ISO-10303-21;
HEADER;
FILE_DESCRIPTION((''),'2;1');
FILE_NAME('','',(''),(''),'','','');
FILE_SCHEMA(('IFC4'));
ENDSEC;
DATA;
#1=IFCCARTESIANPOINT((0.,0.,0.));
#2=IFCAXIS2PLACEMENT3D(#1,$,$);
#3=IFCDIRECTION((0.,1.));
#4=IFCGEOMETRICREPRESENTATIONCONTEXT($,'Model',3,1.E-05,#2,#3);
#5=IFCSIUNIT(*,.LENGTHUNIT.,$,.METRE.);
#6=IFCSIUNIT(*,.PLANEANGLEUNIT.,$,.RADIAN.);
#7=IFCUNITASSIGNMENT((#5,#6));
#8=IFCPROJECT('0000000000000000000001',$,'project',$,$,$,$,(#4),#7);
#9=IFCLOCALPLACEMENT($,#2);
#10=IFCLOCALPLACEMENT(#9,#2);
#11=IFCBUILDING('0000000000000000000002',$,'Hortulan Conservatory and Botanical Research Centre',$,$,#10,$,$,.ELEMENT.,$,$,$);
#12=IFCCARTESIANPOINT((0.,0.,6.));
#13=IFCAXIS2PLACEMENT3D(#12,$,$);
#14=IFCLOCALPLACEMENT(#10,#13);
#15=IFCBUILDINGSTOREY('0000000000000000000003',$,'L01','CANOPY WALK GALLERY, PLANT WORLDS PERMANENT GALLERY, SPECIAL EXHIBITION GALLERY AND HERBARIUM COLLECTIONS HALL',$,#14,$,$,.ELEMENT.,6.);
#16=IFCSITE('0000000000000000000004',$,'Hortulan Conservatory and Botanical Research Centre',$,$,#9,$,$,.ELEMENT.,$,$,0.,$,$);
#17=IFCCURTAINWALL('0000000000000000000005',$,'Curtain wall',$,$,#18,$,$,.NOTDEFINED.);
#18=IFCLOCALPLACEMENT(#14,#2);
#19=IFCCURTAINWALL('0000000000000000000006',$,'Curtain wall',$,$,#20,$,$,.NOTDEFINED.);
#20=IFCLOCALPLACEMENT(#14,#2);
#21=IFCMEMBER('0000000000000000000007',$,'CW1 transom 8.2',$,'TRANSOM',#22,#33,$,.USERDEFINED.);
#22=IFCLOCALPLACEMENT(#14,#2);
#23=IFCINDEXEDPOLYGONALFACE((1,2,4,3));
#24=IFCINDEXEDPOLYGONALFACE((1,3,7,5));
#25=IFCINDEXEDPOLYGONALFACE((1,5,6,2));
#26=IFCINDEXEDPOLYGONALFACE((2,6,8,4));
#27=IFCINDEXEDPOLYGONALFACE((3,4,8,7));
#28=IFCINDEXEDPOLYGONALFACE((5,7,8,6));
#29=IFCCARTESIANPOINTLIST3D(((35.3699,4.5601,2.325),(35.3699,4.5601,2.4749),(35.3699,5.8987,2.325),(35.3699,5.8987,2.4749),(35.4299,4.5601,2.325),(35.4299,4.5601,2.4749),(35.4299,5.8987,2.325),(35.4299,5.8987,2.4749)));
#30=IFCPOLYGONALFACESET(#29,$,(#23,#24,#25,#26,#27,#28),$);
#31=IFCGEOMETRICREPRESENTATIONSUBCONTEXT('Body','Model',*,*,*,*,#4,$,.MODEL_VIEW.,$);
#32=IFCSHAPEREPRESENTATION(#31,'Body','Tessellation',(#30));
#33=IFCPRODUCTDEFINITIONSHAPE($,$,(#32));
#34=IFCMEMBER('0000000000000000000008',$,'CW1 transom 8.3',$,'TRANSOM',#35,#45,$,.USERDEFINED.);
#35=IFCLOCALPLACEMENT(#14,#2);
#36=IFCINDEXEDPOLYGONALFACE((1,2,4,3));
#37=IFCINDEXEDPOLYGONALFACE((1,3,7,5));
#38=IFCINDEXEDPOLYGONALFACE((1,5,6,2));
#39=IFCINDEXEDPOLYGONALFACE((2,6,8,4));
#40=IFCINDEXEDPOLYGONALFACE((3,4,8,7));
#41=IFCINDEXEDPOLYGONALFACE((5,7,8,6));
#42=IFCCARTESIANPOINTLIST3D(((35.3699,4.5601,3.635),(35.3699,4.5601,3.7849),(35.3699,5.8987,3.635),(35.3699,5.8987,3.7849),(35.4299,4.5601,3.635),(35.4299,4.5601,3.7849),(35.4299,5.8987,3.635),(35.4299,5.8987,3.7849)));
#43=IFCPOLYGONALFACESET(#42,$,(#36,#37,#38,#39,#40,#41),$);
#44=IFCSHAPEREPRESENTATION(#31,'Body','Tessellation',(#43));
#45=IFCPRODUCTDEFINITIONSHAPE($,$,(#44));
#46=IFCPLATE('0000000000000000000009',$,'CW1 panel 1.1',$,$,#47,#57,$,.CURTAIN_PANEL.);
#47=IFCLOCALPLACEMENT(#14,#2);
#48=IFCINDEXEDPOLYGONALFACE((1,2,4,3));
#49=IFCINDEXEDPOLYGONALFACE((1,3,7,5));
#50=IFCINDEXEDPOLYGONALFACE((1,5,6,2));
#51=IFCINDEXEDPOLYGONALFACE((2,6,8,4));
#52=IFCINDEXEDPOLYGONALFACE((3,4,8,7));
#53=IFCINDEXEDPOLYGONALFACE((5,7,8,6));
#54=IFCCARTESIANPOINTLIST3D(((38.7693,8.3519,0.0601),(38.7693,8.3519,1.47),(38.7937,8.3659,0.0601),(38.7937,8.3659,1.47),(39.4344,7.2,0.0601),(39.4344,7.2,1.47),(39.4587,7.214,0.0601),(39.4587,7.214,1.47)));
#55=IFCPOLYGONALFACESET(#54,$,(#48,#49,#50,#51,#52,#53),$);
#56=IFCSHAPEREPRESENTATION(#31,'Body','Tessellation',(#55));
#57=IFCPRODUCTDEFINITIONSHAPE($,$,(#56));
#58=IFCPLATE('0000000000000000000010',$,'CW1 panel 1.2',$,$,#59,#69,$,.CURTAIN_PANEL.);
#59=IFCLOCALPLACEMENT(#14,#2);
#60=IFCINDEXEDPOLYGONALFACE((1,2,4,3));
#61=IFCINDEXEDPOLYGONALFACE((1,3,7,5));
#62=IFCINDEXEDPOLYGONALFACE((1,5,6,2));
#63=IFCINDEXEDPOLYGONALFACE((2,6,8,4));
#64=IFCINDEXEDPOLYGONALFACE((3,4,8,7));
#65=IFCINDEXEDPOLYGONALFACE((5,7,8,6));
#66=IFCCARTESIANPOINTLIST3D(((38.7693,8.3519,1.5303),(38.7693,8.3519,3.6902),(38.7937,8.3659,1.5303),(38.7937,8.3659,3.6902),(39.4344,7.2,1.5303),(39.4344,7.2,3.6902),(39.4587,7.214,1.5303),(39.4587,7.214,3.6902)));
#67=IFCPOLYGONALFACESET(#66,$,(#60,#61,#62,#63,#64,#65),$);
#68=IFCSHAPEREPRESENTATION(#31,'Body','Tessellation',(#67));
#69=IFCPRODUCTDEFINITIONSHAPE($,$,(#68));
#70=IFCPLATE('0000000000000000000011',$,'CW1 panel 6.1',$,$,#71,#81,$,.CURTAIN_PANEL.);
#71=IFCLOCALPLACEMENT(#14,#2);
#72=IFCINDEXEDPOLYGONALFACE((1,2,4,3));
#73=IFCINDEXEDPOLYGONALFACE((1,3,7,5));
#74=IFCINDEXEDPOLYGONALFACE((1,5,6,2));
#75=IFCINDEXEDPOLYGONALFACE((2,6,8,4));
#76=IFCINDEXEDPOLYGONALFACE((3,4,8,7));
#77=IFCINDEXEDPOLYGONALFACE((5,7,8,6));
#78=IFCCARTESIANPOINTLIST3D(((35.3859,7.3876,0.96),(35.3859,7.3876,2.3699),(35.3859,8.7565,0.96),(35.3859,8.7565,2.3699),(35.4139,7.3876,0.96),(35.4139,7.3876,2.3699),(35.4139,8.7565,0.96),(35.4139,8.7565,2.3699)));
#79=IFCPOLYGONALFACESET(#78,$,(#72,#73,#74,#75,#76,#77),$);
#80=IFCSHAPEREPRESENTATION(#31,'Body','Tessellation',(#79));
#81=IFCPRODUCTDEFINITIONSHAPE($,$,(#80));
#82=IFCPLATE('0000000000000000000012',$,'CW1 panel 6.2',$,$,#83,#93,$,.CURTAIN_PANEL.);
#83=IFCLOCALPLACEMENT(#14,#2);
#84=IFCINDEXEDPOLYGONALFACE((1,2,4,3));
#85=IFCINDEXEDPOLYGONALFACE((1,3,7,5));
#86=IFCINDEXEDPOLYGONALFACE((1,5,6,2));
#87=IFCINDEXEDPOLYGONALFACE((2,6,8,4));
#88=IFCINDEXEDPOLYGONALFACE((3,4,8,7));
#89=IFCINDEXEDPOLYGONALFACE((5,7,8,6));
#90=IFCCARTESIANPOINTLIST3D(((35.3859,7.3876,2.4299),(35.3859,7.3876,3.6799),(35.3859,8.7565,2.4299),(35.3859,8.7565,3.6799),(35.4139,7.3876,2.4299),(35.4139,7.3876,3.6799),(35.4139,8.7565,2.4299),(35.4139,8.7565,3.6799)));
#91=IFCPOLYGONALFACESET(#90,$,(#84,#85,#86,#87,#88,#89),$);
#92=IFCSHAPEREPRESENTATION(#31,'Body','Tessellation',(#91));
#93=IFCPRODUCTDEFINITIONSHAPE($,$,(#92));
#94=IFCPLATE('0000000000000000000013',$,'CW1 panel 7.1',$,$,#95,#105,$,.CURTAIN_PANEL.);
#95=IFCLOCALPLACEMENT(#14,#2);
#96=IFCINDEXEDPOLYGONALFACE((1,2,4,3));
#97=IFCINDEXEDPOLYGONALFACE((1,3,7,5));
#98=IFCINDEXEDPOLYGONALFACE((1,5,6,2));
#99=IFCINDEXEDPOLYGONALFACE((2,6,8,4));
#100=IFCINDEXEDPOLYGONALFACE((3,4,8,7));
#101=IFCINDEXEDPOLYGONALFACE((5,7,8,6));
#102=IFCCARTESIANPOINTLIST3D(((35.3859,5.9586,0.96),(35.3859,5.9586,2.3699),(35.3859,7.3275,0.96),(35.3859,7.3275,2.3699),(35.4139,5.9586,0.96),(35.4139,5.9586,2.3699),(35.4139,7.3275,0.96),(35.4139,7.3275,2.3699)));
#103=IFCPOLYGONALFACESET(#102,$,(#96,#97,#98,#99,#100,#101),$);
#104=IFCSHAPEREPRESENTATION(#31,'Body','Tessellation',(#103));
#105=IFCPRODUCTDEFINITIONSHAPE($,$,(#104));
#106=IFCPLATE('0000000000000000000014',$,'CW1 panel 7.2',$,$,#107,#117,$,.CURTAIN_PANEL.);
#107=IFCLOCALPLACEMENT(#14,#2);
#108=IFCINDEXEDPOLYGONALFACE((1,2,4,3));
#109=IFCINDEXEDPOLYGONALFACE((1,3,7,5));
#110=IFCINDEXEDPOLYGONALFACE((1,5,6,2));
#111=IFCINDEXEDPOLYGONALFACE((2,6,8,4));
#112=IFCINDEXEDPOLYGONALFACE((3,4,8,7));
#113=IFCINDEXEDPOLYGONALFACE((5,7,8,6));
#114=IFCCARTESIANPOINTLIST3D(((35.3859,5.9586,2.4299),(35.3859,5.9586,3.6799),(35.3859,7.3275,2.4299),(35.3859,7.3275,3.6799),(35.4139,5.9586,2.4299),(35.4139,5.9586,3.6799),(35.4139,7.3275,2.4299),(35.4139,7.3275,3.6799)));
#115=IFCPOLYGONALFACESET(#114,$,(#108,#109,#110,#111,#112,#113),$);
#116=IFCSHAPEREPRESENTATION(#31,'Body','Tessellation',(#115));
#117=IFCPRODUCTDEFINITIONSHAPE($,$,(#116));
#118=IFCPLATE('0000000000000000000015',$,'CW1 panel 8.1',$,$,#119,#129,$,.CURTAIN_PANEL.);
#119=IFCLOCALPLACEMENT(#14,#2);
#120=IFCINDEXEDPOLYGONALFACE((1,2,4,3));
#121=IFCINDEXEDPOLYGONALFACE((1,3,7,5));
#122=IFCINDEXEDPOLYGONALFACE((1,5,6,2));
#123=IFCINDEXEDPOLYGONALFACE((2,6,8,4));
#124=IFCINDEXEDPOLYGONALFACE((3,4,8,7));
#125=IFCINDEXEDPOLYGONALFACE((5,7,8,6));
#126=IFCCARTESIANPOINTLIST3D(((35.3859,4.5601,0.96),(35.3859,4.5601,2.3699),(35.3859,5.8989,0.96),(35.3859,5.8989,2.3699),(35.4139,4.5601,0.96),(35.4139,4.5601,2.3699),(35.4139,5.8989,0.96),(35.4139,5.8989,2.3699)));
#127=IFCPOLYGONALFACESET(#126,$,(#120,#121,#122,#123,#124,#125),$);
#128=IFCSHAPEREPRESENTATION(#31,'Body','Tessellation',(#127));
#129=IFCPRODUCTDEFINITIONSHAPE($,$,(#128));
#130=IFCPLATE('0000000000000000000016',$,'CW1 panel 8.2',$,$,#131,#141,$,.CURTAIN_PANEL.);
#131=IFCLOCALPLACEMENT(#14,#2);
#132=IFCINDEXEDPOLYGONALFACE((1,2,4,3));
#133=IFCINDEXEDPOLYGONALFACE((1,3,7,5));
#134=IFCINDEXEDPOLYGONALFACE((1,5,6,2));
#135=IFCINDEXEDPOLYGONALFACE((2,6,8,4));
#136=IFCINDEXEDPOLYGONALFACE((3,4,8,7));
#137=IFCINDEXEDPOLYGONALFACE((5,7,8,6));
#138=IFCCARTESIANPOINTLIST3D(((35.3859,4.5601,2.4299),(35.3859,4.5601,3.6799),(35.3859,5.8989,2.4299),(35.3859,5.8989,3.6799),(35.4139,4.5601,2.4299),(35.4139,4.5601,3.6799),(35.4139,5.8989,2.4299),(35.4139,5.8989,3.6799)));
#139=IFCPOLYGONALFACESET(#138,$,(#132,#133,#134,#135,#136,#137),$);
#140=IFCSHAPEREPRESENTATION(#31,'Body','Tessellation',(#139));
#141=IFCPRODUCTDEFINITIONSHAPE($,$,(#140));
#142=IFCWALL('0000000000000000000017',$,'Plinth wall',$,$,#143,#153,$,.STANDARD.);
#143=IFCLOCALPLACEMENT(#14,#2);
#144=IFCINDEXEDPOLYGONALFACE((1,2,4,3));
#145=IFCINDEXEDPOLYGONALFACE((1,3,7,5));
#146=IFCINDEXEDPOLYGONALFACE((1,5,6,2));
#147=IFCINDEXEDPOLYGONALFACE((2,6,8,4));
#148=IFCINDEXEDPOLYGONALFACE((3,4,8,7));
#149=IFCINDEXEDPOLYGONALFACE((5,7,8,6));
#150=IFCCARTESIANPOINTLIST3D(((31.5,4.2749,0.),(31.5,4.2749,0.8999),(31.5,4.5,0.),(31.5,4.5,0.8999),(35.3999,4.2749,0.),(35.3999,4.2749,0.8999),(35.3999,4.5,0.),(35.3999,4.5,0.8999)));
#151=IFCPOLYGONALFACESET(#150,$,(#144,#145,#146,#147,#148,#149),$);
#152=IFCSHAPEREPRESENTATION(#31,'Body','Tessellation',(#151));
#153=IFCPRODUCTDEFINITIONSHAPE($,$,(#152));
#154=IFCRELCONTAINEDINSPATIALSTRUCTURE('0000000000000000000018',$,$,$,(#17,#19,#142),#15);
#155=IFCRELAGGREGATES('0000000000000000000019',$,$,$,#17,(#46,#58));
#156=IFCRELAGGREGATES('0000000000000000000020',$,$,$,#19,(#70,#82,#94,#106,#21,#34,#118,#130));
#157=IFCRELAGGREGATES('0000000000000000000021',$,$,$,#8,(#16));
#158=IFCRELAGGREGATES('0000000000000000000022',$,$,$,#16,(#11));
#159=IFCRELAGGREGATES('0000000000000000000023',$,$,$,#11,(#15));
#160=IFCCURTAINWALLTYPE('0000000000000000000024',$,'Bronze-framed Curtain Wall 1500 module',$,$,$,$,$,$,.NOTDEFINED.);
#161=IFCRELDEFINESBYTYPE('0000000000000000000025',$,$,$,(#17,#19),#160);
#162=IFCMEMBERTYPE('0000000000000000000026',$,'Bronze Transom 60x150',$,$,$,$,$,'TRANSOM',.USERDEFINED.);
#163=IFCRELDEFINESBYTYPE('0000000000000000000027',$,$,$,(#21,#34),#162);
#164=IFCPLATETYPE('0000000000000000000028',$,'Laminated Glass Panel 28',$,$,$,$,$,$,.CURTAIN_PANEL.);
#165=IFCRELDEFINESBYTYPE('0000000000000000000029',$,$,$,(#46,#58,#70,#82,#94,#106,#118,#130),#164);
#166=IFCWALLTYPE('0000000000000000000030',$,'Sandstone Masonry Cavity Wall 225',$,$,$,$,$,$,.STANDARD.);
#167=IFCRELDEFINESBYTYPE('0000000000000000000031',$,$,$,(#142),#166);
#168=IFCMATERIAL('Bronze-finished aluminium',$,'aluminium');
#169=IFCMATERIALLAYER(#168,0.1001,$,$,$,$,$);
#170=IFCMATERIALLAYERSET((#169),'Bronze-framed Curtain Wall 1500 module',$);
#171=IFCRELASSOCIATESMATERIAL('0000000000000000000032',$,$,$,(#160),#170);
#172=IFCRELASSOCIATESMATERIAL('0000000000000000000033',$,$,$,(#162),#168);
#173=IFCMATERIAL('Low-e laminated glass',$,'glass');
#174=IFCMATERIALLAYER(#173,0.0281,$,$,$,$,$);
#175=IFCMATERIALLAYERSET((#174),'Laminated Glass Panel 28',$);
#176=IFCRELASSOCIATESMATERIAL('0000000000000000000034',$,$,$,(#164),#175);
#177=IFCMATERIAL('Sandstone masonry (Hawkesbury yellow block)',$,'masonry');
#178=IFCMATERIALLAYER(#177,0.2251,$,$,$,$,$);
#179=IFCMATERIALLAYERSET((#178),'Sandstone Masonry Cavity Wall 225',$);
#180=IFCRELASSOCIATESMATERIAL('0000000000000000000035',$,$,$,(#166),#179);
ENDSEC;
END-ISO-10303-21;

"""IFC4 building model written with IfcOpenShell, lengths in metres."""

from ifc_helpers import new_model, si_unit, direction, frame, frame_2d, origin, origin_2d, place, context, subcontext, project, spatial, rectangle, extrude, material, layer, layer_set, material_profile, profile_set, type_object, element, aggregate, save


model = new_model("IFC4")

# Units and contexts
model_context = context("Model", 3, precision=1e-05, world=origin(), true_north=direction((0.0, 1.0)))
body_context = subcontext(model_context, "Body", "Model", "MODEL_VIEW")
ifc_project = project(units=[si_unit("LENGTHUNIT", "METRE"), si_unit("PLANEANGLEUNIT", "RADIAN")], contexts=[model_context])

# Site, building, storey
site_placement = place(None, origin())
site = spatial("IfcSite", under=ifc_project, at=site_placement, Name="Hortulan Conservatory and Botanical Research Centre", CompositionType="ELEMENT", RefElevation=0.0)
building_placement = place(site_placement, origin())
building = spatial("IfcBuilding", under=site, at=building_placement, Name="Hortulan Conservatory and Botanical Research Centre", CompositionType="ELEMENT")
storey_placement = place(building_placement, frame((0.0, 0.0, 6.0)))
storey = spatial("IfcBuildingStorey", under=building, at=storey_placement, Name="L01", Description="CANOPY WALK GALLERY, PLANT WORLDS PERMANENT GALLERY, SPECIAL EXHIBITION GALLERY AND HERBARIUM COLLECTIONS HALL", CompositionType="ELEMENT", Elevation=6.0)

# Curtain wall
ifc_material_1 = material(Name="Bronze-finished aluminium", Category="aluminium")
ifc_layer_1 = layer(ifc_material_1, 0.1001)
ifc_layer_set_1 = layer_set([ifc_layer_1], Name="Bronze-framed Curtain Wall 1500 module")
curtain_wall_type = type_object("IfcCurtainWallType", Name="Bronze-framed Curtain Wall 1500 module", PredefinedType="NOTDEFINED", material=ifc_layer_set_1)
curtain_wall_1_placement = place(storey_placement, origin())
curtain_wall_1 = element("IfcCurtainWall", 1, at=curtain_wall_1_placement, inside=storey, type_object=curtain_wall_type, Name="Curtain wall", PredefinedType="NOTDEFINED")

# Curtain wall
curtain_wall_2_placement = place(storey_placement, origin())
curtain_wall_2 = element("IfcCurtainWall", 2, at=curtain_wall_2_placement, inside=storey, type_object=curtain_wall_type, Name="Curtain wall", PredefinedType="NOTDEFINED")

# Members
ifc_material_profile_1 = material_profile(ifc_material_1, rectangle(XDim=0.0601, YDim=0.1499, at=origin_2d()), Name="Bronze Transom 60x150")
ifc_profile_set_1 = profile_set([ifc_material_profile_1], Name="Bronze-finished aluminium")
member_type_1 = type_object("IfcMemberType", Name="Bronze Transom 60x150", ElementType="TRANSOM", PredefinedType="USERDEFINED", material=ifc_profile_set_1)
member_1_placement = place(storey_placement, frame((35.3999, 5.8987, 2.3999), z_axis=(0.0, -1.0, 0.0), x_axis=(1.0, 0.0, 0.0)))
member_1 = element("IfcMember", 3, at=member_1_placement, type_object=member_type_1, Name="CW1 transom 8.2", ObjectType="TRANSOM", PredefinedType="USERDEFINED", context=body_context, shape_type="SweptSolid", body=[
    extrude(rectangle(XDim=0.0601, YDim=0.1499, at=origin_2d()), origin(), (0.0, 0.0, 1.0), 1.3386),
])
member_2_placement = place(storey_placement, frame((35.3999, 5.8987, 3.71), z_axis=(0.0, -1.0, 0.0), x_axis=(1.0, 0.0, 0.0)))
member_2 = element("IfcMember", 4, at=member_2_placement, type_object=member_type_1, Name="CW1 transom 8.3", ObjectType="TRANSOM", PredefinedType="USERDEFINED", context=body_context, shape_type="SweptSolid", body=[
    extrude(rectangle(XDim=0.0601, YDim=0.1499, at=origin_2d()), origin(), (0.0, 0.0, 1.0), 1.3386),
])

# Plates
ifc_material_2 = material(Name="Low-e laminated glass", Category="glass")
ifc_layer_2 = layer(ifc_material_2, 0.0281)
ifc_layer_set_2 = layer_set([ifc_layer_2], Name="Laminated Glass Panel 28")
plate_type = type_object("IfcPlateType", Name="Laminated Glass Panel 28", PredefinedType="CURTAIN_PANEL", material=ifc_layer_set_2)
plate_1_placement = place(storey_placement, frame((39.114, 7.783, 0.0601), z_axis=(0.0, 0.0, 1.0), x_axis=(-0.499981, 0.866036, 0.0)))
plate_1 = element("IfcPlate", 5, at=plate_1_placement, type_object=plate_type, Name="CW1 panel 1.1", PredefinedType="CURTAIN_PANEL", context=body_context, shape_type="SweptSolid", body=[
    extrude(rectangle(XDim=1.3301, YDim=0.0281, at=origin_2d()), origin(), (0.0, 0.0, 1.0), 1.4099),
])
plate_2_placement = place(storey_placement, frame((39.114, 7.783, 1.5303), z_axis=(0.0, 0.0, 1.0), x_axis=(-0.499981, 0.866036, 0.0)))
plate_2 = element("IfcPlate", 6, at=plate_2_placement, type_object=plate_type, Name="CW1 panel 1.2", PredefinedType="CURTAIN_PANEL", context=body_context, shape_type="SweptSolid", body=[
    extrude(rectangle(XDim=1.3301, YDim=0.0281, at=origin_2d()), origin(), (0.0, 0.0, 1.0), 2.1599),
])
aggregate(curtain_wall_1, [plate_1, plate_2])
plate_3_placement = place(storey_placement, frame((35.3999, 8.072, 0.96), z_axis=(0.0, 0.0, 1.0), x_axis=(0.0, -1.0, 0.0)))
plate_3 = element("IfcPlate", 7, at=plate_3_placement, type_object=plate_type, Name="CW1 panel 6.1", PredefinedType="CURTAIN_PANEL", context=body_context, shape_type="SweptSolid", body=[
    extrude(rectangle(XDim=1.3689, YDim=0.0281, at=origin_2d()), origin(), (0.0, 0.0, 1.0), 1.4099),
])
plate_4_placement = place(storey_placement, frame((35.3999, 8.072, 2.4299), z_axis=(0.0, 0.0, 1.0), x_axis=(0.0, -1.0, 0.0)))
plate_4 = element("IfcPlate", 8, at=plate_4_placement, type_object=plate_type, Name="CW1 panel 6.2", PredefinedType="CURTAIN_PANEL", context=body_context, shape_type="SweptSolid", body=[
    extrude(rectangle(XDim=1.3689, YDim=0.0281, at=origin_2d()), origin(), (0.0, 0.0, 1.0), 1.25),
])
plate_5_placement = place(storey_placement, frame((35.3999, 6.6431, 0.96), z_axis=(0.0, 0.0, 1.0), x_axis=(0.0, -1.0, 0.0)))
plate_5 = element("IfcPlate", 9, at=plate_5_placement, type_object=plate_type, Name="CW1 panel 7.1", PredefinedType="CURTAIN_PANEL", context=body_context, shape_type="SweptSolid", body=[
    extrude(rectangle(XDim=1.3689, YDim=0.0281, at=origin_2d()), origin(), (0.0, 0.0, 1.0), 1.4099),
])
plate_6_placement = place(storey_placement, frame((35.3999, 6.6431, 2.4299), z_axis=(0.0, 0.0, 1.0), x_axis=(0.0, -1.0, 0.0)))
plate_6 = element("IfcPlate", 10, at=plate_6_placement, type_object=plate_type, Name="CW1 panel 7.2", PredefinedType="CURTAIN_PANEL", context=body_context, shape_type="SweptSolid", body=[
    extrude(rectangle(XDim=1.3689, YDim=0.0281, at=origin_2d()), origin(), (0.0, 0.0, 1.0), 1.25),
])
plate_7_placement = place(storey_placement, frame((35.3999, 5.2295, 0.96), z_axis=(0.0, 0.0, 1.0), x_axis=(0.0, -1.0, 0.0)))
plate_7 = element("IfcPlate", 11, at=plate_7_placement, type_object=plate_type, Name="CW1 panel 8.1", PredefinedType="CURTAIN_PANEL", context=body_context, shape_type="SweptSolid", body=[
    extrude(rectangle(XDim=1.3389, YDim=0.0281, at=origin_2d()), origin(), (0.0, 0.0, 1.0), 1.4099),
])
plate_8_placement = place(storey_placement, frame((35.3999, 5.2295, 2.4299), z_axis=(0.0, 0.0, 1.0), x_axis=(0.0, -1.0, 0.0)))
plate_8 = element("IfcPlate", 12, at=plate_8_placement, type_object=plate_type, Name="CW1 panel 8.2", PredefinedType="CURTAIN_PANEL", context=body_context, shape_type="SweptSolid", body=[
    extrude(rectangle(XDim=1.3389, YDim=0.0281, at=origin_2d()), origin(), (0.0, 0.0, 1.0), 1.25),
])
aggregate(curtain_wall_2, [plate_3, plate_4, plate_5, plate_6, member_1, member_2, plate_7, plate_8])

# Wall
ifc_material_3 = material(Name="Sandstone masonry (Hawkesbury yellow block)", Category="masonry")
ifc_layer_3 = layer(ifc_material_3, 0.2251)
ifc_layer_set_3 = layer_set([ifc_layer_3], Name="Sandstone Masonry Cavity Wall 225")
wall_type = type_object("IfcWallType", Name="Sandstone Masonry Cavity Wall 225", PredefinedType="STANDARD", material=ifc_layer_set_3)
wall_placement = place(storey_placement, frame((35.3999, 4.3875, 0.0), z_axis=(0.0, 0.0, 1.0), x_axis=(-1.0, 0.0, 0.0)))
element("IfcWall", 13, at=wall_placement, inside=storey, type_object=wall_type, Name="Plinth wall", PredefinedType="STANDARD", context=body_context, shape_type="SweptSolid", body=[
    extrude(rectangle(XDim=3.8999, YDim=0.2251, at=frame_2d((1.95, 0.0))), origin(), (0.0, 0.0, 1.0), 0.8999),
])

save(model, "model.ifc")
